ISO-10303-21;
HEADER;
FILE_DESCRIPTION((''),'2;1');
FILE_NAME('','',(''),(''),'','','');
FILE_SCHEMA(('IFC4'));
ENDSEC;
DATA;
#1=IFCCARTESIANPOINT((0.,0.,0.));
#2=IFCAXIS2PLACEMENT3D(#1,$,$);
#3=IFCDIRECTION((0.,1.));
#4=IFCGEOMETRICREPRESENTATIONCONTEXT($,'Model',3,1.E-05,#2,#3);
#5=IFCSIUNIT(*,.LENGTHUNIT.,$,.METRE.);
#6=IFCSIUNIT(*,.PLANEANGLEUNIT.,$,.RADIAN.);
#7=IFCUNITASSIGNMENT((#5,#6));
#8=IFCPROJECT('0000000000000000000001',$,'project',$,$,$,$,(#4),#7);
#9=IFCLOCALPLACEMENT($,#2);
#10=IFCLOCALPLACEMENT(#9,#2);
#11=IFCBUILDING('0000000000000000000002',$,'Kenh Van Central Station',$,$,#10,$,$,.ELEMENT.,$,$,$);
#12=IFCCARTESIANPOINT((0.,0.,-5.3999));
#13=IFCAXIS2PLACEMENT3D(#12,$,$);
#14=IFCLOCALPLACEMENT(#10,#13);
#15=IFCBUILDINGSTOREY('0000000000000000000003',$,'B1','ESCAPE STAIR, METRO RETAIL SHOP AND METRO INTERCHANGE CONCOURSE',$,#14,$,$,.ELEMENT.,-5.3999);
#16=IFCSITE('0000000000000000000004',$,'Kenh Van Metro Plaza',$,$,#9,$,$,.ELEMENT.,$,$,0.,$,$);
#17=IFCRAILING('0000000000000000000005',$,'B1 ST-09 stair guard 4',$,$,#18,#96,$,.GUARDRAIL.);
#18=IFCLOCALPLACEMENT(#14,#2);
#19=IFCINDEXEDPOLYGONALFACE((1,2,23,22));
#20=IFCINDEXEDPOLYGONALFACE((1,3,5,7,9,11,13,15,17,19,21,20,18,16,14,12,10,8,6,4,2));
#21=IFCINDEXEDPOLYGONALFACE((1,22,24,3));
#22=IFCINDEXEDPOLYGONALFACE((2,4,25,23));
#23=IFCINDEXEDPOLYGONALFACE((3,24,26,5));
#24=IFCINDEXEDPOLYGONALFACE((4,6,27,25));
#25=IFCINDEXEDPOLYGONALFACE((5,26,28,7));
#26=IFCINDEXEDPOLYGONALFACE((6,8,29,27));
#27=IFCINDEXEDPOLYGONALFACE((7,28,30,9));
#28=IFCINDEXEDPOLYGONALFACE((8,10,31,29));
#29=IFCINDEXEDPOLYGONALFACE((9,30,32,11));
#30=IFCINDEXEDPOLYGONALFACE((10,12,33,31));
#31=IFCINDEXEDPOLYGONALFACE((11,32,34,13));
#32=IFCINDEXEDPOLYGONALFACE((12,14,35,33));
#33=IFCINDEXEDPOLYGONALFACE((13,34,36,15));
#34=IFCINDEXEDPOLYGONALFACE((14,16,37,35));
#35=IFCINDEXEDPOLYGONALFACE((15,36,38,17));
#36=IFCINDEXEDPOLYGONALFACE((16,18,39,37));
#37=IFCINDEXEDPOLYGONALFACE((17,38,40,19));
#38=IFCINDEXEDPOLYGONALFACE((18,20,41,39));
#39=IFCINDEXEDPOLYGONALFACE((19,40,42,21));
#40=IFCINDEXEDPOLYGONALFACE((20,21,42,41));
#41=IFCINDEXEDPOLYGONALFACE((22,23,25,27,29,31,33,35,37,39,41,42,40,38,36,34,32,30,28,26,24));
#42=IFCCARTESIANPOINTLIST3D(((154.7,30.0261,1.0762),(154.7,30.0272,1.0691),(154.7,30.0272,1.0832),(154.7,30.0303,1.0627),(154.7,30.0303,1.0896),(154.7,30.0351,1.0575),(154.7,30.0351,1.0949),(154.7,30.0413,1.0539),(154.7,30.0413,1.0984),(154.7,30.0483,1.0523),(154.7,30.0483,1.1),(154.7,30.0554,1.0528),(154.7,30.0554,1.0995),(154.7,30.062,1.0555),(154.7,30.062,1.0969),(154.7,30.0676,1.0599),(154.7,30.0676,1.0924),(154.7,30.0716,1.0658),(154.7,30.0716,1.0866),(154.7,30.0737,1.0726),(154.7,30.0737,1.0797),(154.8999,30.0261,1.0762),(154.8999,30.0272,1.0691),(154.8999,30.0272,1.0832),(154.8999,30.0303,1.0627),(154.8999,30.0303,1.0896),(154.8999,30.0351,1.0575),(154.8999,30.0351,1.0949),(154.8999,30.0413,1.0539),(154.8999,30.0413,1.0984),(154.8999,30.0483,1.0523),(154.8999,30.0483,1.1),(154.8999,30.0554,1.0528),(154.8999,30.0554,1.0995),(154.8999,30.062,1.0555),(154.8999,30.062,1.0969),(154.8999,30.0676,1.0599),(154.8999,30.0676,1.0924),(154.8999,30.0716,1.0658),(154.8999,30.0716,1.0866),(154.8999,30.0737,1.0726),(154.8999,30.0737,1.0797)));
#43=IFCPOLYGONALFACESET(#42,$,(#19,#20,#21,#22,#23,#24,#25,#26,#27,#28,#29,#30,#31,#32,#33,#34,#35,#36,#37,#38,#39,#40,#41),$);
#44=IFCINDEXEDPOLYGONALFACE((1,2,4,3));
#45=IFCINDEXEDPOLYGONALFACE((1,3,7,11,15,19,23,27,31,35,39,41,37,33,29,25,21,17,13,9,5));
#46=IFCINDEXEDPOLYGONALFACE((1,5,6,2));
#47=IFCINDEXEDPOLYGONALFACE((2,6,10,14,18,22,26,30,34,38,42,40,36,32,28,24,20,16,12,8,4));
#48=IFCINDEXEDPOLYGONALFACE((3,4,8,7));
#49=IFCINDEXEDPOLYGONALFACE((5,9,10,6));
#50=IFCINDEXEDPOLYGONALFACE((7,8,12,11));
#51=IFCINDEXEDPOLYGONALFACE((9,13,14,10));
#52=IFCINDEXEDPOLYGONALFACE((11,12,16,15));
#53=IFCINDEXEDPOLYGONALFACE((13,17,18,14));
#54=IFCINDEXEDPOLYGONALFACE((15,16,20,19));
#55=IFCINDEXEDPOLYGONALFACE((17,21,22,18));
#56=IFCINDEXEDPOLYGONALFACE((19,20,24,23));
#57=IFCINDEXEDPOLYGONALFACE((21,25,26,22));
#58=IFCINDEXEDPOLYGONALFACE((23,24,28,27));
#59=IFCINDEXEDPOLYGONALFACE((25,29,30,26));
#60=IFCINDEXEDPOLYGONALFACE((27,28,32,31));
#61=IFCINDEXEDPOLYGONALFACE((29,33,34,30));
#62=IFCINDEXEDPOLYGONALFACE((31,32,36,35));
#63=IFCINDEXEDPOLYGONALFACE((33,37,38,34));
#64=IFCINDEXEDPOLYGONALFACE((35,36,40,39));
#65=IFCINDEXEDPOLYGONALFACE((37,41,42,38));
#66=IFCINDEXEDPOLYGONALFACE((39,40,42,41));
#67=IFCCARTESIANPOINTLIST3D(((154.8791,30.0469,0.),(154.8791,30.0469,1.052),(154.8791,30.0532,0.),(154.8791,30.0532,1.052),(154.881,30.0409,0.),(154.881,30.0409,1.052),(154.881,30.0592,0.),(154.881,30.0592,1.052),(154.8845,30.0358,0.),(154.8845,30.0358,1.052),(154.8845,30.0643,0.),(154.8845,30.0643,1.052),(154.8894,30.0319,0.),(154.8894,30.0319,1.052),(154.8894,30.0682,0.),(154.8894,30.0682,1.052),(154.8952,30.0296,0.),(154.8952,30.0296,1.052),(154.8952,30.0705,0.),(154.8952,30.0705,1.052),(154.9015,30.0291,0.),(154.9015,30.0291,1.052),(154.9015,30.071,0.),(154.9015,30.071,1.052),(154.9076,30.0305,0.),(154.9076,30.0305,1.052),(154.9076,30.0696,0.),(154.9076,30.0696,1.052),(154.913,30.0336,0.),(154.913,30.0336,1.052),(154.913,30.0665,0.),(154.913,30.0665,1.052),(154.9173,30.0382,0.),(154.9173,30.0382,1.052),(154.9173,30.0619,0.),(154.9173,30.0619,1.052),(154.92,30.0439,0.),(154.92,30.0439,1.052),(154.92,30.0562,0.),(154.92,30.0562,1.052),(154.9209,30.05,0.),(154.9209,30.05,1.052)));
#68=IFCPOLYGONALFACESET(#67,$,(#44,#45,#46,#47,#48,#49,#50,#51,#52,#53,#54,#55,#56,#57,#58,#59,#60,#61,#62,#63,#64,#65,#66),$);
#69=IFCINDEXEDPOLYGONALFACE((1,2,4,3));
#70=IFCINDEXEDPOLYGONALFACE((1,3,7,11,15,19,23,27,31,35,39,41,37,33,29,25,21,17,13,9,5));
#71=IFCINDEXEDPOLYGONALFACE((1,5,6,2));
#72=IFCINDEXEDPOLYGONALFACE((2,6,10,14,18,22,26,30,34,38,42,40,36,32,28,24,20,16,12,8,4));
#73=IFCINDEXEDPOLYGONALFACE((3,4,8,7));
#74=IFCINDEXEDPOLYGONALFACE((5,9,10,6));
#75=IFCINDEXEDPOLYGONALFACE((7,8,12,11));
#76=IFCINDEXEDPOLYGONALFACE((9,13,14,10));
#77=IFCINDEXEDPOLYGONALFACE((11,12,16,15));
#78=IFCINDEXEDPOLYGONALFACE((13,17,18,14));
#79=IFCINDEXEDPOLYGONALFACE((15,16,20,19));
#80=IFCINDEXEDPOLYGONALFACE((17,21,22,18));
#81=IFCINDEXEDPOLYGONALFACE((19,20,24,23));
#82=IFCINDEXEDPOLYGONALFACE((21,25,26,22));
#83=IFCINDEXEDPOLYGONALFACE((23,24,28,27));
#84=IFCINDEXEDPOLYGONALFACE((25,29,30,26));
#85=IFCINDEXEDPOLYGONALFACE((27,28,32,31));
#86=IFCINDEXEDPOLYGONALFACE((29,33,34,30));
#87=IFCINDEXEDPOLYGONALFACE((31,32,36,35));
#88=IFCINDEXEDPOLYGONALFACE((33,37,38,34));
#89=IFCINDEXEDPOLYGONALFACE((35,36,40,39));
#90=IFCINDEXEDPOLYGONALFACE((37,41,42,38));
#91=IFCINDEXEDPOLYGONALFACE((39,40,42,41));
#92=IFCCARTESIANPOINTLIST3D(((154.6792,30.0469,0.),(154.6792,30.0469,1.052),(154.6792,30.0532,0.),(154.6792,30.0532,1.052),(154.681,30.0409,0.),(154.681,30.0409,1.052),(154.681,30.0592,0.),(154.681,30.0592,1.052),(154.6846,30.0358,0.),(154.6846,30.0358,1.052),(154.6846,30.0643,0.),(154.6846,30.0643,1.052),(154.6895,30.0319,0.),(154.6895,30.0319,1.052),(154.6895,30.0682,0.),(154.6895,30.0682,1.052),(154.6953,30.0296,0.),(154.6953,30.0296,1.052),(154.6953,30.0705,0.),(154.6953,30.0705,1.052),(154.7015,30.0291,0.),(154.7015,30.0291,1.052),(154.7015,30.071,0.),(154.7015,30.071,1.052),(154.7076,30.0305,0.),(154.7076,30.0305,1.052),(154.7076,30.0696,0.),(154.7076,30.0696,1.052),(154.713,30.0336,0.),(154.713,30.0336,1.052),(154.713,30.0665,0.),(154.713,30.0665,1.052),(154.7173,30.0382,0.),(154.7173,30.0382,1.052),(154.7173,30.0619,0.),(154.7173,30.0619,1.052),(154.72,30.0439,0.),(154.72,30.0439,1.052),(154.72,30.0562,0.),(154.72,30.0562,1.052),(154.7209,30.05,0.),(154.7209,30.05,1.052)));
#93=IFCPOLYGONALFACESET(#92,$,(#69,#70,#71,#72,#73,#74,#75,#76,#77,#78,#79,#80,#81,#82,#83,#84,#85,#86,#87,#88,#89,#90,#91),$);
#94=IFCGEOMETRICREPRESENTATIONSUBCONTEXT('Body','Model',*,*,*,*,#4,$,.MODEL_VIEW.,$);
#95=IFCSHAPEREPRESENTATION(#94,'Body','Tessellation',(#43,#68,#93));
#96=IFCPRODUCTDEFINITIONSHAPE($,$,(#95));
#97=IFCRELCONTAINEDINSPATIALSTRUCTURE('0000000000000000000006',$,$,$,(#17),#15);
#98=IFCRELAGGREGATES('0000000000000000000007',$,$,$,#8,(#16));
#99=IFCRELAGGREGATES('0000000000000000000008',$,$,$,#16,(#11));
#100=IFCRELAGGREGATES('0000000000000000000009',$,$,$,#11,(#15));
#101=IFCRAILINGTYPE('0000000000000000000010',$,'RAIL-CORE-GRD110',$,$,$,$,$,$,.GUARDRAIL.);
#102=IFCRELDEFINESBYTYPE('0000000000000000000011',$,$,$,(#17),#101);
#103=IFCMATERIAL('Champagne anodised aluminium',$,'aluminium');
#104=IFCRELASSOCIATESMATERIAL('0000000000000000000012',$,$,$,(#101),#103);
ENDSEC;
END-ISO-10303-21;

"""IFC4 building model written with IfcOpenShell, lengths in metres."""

from ifc_helpers import new_model, si_unit, direction, frame, origin, origin_2d, place, context, subcontext, project, spatial, circle, extrude, material, type_object, element, save


model = new_model("IFC4")

# Units and contexts
model_context = context("Model", 3, precision=1e-05, world=origin(), true_north=direction((0.0, 1.0)))
body_context = subcontext(model_context, "Body", "Model", "MODEL_VIEW")
ifc_project = project(units=[si_unit("LENGTHUNIT", "METRE"), si_unit("PLANEANGLEUNIT", "RADIAN")], contexts=[model_context])

# Site, building, storey
site_placement = place(None, origin())
site = spatial("IfcSite", under=ifc_project, at=site_placement, Name="Kenh Van Metro Plaza", CompositionType="ELEMENT", RefElevation=0.0)
building_placement = place(site_placement, origin())
building = spatial("IfcBuilding", under=site, at=building_placement, Name="Kenh Van Central Station", CompositionType="ELEMENT")
storey_placement = place(building_placement, frame((0.0, 0.0, -5.3999)))
storey = spatial("IfcBuildingStorey", under=building, at=storey_placement, Name="B1", Description="ESCAPE STAIR, METRO RETAIL SHOP AND METRO INTERCHANGE CONCOURSE", CompositionType="ELEMENT", Elevation=-5.3999)

# Shared definitions
ifc_material_1 = material(Name="Champagne anodised aluminium", Category="aluminium")

# Railing
railing_type_1 = type_object("IfcRailingType", Name="RAIL-CORE-GRD110", PredefinedType="GUARDRAIL", material=ifc_material_1)
railing_1_placement = place(storey_placement, frame((154.8999, 30.05, 0.0)))
element("IfcRailing", 1, at=railing_1_placement, inside=storey, type_object=railing_type_1, Name="B1 ST-09 stair guard 4", PredefinedType="GUARDRAIL", context=body_context, shape_type="SweptSolid", body=[
    extrude(circle(Radius=0.0239, at=origin_2d()), frame((0.0, 0.0, 1.0762), z_axis=(-1.0, 0.0, 0.0), x_axis=(0.0, -1.0, 0.0)), (0.0, 0.0, 1.0), 0.2),
    extrude(circle(Radius=0.021, at=origin_2d()), origin(), (0.0, 0.0, 1.0), 1.052),
    extrude(circle(Radius=0.021, at=origin_2d()), frame((-0.2, 0.0, 0.0)), (0.0, 0.0, 1.0), 1.052),
])

save(model, "model.ifc")
